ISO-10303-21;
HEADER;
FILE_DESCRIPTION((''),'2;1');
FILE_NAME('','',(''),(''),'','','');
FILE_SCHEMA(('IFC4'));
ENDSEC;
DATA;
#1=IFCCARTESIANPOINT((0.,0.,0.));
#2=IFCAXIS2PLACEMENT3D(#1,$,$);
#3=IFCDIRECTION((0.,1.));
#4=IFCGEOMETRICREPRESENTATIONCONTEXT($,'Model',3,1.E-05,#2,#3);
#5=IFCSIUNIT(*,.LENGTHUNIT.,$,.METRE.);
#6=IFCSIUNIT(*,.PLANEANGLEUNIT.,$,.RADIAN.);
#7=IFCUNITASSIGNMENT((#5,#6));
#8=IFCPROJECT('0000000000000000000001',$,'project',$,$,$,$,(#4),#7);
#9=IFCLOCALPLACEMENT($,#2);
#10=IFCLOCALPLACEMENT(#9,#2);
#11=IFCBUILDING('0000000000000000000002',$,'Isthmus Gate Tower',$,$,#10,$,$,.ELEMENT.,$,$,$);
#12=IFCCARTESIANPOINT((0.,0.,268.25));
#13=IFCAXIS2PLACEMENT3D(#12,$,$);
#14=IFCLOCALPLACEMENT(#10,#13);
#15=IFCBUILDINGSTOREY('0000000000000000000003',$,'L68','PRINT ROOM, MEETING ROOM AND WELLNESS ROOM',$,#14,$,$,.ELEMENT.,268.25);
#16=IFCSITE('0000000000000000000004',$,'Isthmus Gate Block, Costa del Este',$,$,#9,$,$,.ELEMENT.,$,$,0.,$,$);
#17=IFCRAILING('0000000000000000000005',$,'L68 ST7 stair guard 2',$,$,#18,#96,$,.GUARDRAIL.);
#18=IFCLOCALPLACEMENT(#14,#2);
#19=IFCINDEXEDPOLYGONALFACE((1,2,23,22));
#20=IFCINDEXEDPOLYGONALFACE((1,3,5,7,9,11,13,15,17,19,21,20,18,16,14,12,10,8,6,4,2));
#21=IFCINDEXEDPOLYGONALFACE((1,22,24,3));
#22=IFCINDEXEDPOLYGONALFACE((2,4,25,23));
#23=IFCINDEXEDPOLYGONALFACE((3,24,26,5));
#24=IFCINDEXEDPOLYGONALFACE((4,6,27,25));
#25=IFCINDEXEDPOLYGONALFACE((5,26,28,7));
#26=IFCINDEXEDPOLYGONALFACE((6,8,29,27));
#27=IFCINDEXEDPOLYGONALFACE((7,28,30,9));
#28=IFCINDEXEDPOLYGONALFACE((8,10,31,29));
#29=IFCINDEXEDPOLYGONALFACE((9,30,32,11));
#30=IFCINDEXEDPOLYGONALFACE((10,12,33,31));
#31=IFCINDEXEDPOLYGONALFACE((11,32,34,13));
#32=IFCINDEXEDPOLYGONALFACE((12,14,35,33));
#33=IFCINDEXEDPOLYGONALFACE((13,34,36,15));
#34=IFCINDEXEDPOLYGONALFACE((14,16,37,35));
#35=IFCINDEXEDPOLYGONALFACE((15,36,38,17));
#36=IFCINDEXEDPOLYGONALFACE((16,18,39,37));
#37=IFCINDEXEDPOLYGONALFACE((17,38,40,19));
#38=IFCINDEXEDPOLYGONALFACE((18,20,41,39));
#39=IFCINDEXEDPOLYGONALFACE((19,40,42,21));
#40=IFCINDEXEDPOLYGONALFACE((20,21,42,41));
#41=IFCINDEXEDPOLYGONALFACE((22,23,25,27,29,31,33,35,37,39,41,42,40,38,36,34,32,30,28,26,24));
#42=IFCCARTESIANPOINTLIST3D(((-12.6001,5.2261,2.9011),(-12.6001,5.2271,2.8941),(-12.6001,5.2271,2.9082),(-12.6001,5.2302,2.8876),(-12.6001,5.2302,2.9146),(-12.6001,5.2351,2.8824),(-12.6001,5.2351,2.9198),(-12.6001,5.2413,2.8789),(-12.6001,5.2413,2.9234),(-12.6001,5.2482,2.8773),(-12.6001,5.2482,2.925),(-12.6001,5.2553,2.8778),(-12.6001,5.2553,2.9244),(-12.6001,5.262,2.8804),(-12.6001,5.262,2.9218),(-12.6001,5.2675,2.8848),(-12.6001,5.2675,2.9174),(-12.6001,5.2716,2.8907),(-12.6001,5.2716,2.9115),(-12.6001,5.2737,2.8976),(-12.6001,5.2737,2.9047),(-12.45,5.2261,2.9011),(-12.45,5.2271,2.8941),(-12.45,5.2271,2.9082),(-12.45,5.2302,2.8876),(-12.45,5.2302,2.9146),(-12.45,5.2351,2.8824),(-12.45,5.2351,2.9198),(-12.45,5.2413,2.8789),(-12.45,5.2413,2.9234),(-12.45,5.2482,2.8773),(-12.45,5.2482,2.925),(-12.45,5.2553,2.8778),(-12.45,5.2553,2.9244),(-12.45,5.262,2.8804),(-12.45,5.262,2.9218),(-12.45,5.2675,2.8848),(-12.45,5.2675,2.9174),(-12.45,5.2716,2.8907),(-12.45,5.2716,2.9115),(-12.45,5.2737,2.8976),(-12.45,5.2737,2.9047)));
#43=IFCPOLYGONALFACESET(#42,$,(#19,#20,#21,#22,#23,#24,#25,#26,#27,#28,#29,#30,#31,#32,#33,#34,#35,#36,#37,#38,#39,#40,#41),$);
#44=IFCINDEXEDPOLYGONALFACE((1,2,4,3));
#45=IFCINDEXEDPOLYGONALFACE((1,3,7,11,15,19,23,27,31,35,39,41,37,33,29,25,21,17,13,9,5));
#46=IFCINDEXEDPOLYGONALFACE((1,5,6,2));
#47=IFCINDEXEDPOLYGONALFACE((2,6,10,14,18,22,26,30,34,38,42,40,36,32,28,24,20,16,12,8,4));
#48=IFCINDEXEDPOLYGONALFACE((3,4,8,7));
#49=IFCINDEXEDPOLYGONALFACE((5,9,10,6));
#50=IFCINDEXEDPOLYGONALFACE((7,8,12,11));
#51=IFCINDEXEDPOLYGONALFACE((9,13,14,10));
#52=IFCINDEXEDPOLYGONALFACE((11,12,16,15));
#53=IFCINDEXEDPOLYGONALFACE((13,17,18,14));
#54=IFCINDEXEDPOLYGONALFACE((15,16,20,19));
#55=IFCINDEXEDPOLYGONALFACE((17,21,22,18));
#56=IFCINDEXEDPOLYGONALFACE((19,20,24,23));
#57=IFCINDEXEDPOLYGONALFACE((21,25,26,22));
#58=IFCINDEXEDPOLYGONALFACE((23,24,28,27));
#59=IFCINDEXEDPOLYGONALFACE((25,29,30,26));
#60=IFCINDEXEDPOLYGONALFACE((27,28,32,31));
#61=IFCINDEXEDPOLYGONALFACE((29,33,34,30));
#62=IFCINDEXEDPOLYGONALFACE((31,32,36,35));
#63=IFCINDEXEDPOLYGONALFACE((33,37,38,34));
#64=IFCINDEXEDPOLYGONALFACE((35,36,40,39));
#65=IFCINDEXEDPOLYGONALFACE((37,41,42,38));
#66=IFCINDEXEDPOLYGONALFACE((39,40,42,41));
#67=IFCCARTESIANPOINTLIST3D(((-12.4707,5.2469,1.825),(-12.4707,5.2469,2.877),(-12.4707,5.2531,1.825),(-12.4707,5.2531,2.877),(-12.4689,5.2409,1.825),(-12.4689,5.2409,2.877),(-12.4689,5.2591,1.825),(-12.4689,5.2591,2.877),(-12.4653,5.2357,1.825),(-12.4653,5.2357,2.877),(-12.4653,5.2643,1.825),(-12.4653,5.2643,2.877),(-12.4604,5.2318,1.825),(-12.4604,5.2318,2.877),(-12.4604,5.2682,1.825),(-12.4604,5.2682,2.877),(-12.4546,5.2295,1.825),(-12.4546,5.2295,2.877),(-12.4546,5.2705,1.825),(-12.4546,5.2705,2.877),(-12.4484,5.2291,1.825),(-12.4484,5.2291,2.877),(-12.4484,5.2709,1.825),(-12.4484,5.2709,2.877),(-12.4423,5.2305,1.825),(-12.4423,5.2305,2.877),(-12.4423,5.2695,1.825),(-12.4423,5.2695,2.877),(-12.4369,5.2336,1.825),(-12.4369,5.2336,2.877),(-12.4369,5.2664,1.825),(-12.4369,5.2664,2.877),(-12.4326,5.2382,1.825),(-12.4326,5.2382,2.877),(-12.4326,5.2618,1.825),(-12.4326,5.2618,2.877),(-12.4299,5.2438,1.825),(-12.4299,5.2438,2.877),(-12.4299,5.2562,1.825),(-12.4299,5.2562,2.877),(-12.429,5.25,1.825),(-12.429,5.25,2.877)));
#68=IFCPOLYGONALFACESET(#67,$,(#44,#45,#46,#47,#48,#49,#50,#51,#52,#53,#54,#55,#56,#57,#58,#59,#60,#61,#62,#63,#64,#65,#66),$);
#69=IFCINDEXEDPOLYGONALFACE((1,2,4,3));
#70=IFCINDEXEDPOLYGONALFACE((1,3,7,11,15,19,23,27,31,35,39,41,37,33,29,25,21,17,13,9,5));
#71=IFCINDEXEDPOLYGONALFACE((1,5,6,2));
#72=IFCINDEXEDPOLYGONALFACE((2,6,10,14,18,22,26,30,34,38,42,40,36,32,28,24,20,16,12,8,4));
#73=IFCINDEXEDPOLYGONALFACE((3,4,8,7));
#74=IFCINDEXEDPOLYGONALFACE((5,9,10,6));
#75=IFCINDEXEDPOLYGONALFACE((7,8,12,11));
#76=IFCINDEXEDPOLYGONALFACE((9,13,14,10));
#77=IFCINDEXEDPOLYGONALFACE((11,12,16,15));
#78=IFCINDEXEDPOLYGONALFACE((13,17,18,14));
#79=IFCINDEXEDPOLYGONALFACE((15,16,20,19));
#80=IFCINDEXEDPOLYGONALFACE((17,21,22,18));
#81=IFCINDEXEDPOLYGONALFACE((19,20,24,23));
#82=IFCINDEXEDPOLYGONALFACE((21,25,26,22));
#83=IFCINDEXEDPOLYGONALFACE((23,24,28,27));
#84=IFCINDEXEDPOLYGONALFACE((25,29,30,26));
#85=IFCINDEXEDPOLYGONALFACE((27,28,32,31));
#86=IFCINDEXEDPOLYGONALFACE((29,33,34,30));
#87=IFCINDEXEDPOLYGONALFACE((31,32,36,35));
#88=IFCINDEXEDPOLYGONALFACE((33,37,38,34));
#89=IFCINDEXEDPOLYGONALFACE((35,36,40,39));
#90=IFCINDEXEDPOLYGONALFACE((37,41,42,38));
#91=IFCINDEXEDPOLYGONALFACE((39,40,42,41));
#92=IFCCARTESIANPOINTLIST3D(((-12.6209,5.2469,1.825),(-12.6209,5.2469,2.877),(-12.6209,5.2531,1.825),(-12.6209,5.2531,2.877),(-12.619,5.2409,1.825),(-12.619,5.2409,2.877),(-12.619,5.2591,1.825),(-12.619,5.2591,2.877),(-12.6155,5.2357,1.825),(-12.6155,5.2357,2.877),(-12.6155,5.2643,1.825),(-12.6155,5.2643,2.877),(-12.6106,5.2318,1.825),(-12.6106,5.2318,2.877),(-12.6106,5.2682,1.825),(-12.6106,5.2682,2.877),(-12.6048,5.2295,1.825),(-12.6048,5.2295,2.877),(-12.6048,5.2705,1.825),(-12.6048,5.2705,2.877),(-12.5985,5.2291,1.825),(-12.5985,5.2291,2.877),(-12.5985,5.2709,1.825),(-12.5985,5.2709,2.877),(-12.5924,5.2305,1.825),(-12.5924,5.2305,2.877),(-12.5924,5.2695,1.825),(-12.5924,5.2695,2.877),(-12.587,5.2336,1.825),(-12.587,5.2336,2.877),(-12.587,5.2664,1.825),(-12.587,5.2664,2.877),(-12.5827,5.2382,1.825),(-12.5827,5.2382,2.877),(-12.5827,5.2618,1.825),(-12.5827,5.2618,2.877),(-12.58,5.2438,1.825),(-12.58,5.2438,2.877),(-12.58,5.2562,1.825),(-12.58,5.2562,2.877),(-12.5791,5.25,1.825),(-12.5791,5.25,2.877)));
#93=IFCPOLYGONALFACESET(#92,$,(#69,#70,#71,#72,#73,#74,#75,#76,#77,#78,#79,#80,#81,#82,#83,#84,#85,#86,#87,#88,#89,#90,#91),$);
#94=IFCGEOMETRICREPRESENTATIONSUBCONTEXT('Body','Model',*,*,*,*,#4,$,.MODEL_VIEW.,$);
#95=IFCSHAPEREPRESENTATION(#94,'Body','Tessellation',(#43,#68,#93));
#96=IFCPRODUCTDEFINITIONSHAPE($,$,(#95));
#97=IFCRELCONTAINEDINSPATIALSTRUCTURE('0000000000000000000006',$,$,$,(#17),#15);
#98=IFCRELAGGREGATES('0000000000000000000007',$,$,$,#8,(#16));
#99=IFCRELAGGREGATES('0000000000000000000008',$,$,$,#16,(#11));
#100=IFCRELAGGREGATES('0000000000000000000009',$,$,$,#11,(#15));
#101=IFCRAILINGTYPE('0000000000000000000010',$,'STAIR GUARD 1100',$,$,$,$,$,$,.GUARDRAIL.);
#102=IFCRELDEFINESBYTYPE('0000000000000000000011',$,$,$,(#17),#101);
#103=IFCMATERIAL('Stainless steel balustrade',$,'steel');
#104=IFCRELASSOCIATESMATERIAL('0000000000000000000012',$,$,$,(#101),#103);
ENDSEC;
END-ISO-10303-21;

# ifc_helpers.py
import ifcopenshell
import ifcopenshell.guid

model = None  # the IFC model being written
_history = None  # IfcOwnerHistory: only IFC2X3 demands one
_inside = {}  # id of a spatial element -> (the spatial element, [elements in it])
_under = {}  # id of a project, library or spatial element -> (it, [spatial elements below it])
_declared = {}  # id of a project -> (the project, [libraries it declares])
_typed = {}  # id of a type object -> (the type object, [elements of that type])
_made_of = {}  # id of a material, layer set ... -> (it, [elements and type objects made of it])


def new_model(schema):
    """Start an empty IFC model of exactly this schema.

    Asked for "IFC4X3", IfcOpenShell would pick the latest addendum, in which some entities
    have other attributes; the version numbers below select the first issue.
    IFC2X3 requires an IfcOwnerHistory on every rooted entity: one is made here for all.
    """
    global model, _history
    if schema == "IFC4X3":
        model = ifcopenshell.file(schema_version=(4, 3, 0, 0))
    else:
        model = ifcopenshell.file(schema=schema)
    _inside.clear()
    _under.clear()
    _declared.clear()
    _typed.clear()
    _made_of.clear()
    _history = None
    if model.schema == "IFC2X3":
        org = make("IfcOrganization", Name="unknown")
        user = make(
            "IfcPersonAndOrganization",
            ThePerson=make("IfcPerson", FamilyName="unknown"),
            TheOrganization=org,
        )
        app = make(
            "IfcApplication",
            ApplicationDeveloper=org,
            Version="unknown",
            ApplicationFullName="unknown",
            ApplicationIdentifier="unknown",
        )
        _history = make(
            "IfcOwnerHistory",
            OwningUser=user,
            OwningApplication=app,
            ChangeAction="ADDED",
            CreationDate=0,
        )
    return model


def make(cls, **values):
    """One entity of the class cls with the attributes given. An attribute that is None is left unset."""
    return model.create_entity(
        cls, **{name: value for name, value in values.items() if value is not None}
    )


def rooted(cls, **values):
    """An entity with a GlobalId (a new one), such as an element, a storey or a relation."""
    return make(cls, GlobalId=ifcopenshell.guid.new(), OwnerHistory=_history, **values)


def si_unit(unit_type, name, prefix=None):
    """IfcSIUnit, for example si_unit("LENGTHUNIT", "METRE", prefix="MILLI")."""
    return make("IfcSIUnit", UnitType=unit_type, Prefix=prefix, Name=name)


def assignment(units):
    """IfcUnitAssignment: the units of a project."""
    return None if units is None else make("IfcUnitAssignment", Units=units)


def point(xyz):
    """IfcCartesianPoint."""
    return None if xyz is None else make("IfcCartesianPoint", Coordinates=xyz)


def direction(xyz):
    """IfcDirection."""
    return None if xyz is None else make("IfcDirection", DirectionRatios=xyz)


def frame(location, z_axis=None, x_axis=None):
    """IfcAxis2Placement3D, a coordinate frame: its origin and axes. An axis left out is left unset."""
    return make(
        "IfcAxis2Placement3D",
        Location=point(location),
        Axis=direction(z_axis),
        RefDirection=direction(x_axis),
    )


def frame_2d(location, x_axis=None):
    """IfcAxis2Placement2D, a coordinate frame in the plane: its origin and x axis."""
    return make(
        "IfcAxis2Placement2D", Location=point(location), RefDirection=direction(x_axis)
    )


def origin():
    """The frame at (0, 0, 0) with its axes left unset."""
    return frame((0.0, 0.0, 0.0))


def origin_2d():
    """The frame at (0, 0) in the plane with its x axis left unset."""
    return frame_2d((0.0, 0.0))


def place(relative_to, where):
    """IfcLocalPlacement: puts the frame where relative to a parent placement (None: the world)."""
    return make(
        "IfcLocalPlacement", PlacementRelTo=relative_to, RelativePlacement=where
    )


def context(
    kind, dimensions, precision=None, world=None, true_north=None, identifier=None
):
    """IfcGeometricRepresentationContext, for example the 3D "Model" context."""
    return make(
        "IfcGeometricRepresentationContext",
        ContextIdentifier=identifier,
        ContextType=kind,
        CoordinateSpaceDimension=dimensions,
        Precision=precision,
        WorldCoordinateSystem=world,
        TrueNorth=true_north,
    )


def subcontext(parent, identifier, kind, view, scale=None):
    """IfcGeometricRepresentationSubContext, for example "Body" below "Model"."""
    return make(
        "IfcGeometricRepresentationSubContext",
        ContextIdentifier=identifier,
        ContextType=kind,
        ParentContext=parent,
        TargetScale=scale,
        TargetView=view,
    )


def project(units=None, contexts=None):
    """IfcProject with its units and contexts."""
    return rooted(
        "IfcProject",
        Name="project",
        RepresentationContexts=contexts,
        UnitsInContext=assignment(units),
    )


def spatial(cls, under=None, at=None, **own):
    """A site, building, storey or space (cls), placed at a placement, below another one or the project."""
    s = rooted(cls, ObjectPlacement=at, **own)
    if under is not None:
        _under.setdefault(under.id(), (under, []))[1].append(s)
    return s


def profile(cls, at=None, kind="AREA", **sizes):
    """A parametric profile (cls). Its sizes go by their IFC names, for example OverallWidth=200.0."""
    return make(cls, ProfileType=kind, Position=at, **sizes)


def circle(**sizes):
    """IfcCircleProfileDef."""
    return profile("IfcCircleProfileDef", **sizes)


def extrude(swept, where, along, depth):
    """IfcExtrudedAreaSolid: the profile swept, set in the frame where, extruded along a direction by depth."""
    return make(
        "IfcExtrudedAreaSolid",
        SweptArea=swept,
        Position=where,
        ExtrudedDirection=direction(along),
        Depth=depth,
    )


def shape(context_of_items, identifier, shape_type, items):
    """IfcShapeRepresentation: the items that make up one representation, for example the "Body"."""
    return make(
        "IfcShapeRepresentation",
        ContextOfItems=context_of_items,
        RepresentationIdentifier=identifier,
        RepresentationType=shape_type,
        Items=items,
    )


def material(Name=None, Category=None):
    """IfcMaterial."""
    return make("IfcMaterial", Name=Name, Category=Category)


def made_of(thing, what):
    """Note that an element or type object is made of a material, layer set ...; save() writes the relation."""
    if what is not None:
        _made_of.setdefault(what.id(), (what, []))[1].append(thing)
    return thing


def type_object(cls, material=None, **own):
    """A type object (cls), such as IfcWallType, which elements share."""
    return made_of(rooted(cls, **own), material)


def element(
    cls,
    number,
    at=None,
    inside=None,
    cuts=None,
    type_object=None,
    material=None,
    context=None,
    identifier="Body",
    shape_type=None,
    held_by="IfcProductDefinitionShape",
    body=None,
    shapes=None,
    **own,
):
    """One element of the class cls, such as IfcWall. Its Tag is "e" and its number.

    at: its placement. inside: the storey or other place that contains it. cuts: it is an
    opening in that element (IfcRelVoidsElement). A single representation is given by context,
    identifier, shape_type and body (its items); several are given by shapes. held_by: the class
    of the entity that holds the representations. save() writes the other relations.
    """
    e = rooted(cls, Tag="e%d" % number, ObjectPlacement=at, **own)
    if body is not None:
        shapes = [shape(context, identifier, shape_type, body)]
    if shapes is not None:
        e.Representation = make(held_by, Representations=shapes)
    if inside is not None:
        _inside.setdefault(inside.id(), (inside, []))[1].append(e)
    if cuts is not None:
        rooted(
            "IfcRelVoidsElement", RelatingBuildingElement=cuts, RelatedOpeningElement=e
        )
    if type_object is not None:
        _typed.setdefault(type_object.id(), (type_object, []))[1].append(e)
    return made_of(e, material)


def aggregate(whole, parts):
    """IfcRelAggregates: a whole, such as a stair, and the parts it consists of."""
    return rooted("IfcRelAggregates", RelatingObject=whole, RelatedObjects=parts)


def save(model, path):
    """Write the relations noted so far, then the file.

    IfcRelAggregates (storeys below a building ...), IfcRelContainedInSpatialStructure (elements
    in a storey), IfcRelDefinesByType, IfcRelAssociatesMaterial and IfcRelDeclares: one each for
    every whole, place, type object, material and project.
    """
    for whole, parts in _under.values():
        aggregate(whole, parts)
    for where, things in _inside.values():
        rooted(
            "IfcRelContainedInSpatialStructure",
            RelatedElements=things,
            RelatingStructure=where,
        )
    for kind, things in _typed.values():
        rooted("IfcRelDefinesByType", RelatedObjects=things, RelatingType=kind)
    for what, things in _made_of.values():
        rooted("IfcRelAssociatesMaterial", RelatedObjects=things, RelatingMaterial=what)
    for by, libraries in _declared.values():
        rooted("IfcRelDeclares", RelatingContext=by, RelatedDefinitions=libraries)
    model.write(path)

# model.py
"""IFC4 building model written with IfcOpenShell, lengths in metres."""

from ifc_helpers import new_model, si_unit, direction, frame, origin, origin_2d, place, context, subcontext, project, spatial, circle, extrude, material, type_object, element, save


model = new_model("IFC4")

# Units and contexts
model_context = context("Model", 3, precision=1e-05, world=origin(), true_north=direction((0.0, 1.0)))
body_context = subcontext(model_context, "Body", "Model", "MODEL_VIEW")
ifc_project = project(units=[si_unit("LENGTHUNIT", "METRE"), si_unit("PLANEANGLEUNIT", "RADIAN")], contexts=[model_context])

# Site, building, storey
site_placement = place(None, origin())
site = spatial("IfcSite", under=ifc_project, at=site_placement, Name="Isthmus Gate Block, Costa del Este", CompositionType="ELEMENT", RefElevation=0.0)
building_placement = place(site_placement, origin())
building = spatial("IfcBuilding", under=site, at=building_placement, Name="Isthmus Gate Tower", CompositionType="ELEMENT")
storey_placement = place(building_placement, frame((0.0, 0.0, 268.25)))
storey = spatial("IfcBuildingStorey", under=building, at=storey_placement, Name="L68", Description="PRINT ROOM, MEETING ROOM AND WELLNESS ROOM", CompositionType="ELEMENT", Elevation=268.25)

# Railing
ifc_material_1 = material(Name="Stainless steel balustrade", Category="steel")
railing_type_1 = type_object("IfcRailingType", Name="STAIR GUARD 1100", PredefinedType="GUARDRAIL", material=ifc_material_1)
railing_1_placement = place(storey_placement, frame((-12.45, 5.25, 1.825)))
element("IfcRailing", 1, at=railing_1_placement, inside=storey, type_object=railing_type_1, Name="L68 ST7 stair guard 2", PredefinedType="GUARDRAIL", context=body_context, shape_type="SweptSolid", body=[
    extrude(circle(Radius=0.0239, at=origin_2d()), frame((0.0, 0.0, 1.0762), z_axis=(-1.0, 0.0, 0.0), x_axis=(0.0, -1.0, 0.0)), (0.0, 0.0, 1.0), 0.1501),
    extrude(circle(Radius=0.021, at=origin_2d()), origin(), (0.0, 0.0, 1.0), 1.052),
    extrude(circle(Radius=0.021, at=origin_2d()), frame((-0.1501, 0.0, 0.0)), (0.0, 0.0, 1.0), 1.052),
])

save(model, "model.ifc")
